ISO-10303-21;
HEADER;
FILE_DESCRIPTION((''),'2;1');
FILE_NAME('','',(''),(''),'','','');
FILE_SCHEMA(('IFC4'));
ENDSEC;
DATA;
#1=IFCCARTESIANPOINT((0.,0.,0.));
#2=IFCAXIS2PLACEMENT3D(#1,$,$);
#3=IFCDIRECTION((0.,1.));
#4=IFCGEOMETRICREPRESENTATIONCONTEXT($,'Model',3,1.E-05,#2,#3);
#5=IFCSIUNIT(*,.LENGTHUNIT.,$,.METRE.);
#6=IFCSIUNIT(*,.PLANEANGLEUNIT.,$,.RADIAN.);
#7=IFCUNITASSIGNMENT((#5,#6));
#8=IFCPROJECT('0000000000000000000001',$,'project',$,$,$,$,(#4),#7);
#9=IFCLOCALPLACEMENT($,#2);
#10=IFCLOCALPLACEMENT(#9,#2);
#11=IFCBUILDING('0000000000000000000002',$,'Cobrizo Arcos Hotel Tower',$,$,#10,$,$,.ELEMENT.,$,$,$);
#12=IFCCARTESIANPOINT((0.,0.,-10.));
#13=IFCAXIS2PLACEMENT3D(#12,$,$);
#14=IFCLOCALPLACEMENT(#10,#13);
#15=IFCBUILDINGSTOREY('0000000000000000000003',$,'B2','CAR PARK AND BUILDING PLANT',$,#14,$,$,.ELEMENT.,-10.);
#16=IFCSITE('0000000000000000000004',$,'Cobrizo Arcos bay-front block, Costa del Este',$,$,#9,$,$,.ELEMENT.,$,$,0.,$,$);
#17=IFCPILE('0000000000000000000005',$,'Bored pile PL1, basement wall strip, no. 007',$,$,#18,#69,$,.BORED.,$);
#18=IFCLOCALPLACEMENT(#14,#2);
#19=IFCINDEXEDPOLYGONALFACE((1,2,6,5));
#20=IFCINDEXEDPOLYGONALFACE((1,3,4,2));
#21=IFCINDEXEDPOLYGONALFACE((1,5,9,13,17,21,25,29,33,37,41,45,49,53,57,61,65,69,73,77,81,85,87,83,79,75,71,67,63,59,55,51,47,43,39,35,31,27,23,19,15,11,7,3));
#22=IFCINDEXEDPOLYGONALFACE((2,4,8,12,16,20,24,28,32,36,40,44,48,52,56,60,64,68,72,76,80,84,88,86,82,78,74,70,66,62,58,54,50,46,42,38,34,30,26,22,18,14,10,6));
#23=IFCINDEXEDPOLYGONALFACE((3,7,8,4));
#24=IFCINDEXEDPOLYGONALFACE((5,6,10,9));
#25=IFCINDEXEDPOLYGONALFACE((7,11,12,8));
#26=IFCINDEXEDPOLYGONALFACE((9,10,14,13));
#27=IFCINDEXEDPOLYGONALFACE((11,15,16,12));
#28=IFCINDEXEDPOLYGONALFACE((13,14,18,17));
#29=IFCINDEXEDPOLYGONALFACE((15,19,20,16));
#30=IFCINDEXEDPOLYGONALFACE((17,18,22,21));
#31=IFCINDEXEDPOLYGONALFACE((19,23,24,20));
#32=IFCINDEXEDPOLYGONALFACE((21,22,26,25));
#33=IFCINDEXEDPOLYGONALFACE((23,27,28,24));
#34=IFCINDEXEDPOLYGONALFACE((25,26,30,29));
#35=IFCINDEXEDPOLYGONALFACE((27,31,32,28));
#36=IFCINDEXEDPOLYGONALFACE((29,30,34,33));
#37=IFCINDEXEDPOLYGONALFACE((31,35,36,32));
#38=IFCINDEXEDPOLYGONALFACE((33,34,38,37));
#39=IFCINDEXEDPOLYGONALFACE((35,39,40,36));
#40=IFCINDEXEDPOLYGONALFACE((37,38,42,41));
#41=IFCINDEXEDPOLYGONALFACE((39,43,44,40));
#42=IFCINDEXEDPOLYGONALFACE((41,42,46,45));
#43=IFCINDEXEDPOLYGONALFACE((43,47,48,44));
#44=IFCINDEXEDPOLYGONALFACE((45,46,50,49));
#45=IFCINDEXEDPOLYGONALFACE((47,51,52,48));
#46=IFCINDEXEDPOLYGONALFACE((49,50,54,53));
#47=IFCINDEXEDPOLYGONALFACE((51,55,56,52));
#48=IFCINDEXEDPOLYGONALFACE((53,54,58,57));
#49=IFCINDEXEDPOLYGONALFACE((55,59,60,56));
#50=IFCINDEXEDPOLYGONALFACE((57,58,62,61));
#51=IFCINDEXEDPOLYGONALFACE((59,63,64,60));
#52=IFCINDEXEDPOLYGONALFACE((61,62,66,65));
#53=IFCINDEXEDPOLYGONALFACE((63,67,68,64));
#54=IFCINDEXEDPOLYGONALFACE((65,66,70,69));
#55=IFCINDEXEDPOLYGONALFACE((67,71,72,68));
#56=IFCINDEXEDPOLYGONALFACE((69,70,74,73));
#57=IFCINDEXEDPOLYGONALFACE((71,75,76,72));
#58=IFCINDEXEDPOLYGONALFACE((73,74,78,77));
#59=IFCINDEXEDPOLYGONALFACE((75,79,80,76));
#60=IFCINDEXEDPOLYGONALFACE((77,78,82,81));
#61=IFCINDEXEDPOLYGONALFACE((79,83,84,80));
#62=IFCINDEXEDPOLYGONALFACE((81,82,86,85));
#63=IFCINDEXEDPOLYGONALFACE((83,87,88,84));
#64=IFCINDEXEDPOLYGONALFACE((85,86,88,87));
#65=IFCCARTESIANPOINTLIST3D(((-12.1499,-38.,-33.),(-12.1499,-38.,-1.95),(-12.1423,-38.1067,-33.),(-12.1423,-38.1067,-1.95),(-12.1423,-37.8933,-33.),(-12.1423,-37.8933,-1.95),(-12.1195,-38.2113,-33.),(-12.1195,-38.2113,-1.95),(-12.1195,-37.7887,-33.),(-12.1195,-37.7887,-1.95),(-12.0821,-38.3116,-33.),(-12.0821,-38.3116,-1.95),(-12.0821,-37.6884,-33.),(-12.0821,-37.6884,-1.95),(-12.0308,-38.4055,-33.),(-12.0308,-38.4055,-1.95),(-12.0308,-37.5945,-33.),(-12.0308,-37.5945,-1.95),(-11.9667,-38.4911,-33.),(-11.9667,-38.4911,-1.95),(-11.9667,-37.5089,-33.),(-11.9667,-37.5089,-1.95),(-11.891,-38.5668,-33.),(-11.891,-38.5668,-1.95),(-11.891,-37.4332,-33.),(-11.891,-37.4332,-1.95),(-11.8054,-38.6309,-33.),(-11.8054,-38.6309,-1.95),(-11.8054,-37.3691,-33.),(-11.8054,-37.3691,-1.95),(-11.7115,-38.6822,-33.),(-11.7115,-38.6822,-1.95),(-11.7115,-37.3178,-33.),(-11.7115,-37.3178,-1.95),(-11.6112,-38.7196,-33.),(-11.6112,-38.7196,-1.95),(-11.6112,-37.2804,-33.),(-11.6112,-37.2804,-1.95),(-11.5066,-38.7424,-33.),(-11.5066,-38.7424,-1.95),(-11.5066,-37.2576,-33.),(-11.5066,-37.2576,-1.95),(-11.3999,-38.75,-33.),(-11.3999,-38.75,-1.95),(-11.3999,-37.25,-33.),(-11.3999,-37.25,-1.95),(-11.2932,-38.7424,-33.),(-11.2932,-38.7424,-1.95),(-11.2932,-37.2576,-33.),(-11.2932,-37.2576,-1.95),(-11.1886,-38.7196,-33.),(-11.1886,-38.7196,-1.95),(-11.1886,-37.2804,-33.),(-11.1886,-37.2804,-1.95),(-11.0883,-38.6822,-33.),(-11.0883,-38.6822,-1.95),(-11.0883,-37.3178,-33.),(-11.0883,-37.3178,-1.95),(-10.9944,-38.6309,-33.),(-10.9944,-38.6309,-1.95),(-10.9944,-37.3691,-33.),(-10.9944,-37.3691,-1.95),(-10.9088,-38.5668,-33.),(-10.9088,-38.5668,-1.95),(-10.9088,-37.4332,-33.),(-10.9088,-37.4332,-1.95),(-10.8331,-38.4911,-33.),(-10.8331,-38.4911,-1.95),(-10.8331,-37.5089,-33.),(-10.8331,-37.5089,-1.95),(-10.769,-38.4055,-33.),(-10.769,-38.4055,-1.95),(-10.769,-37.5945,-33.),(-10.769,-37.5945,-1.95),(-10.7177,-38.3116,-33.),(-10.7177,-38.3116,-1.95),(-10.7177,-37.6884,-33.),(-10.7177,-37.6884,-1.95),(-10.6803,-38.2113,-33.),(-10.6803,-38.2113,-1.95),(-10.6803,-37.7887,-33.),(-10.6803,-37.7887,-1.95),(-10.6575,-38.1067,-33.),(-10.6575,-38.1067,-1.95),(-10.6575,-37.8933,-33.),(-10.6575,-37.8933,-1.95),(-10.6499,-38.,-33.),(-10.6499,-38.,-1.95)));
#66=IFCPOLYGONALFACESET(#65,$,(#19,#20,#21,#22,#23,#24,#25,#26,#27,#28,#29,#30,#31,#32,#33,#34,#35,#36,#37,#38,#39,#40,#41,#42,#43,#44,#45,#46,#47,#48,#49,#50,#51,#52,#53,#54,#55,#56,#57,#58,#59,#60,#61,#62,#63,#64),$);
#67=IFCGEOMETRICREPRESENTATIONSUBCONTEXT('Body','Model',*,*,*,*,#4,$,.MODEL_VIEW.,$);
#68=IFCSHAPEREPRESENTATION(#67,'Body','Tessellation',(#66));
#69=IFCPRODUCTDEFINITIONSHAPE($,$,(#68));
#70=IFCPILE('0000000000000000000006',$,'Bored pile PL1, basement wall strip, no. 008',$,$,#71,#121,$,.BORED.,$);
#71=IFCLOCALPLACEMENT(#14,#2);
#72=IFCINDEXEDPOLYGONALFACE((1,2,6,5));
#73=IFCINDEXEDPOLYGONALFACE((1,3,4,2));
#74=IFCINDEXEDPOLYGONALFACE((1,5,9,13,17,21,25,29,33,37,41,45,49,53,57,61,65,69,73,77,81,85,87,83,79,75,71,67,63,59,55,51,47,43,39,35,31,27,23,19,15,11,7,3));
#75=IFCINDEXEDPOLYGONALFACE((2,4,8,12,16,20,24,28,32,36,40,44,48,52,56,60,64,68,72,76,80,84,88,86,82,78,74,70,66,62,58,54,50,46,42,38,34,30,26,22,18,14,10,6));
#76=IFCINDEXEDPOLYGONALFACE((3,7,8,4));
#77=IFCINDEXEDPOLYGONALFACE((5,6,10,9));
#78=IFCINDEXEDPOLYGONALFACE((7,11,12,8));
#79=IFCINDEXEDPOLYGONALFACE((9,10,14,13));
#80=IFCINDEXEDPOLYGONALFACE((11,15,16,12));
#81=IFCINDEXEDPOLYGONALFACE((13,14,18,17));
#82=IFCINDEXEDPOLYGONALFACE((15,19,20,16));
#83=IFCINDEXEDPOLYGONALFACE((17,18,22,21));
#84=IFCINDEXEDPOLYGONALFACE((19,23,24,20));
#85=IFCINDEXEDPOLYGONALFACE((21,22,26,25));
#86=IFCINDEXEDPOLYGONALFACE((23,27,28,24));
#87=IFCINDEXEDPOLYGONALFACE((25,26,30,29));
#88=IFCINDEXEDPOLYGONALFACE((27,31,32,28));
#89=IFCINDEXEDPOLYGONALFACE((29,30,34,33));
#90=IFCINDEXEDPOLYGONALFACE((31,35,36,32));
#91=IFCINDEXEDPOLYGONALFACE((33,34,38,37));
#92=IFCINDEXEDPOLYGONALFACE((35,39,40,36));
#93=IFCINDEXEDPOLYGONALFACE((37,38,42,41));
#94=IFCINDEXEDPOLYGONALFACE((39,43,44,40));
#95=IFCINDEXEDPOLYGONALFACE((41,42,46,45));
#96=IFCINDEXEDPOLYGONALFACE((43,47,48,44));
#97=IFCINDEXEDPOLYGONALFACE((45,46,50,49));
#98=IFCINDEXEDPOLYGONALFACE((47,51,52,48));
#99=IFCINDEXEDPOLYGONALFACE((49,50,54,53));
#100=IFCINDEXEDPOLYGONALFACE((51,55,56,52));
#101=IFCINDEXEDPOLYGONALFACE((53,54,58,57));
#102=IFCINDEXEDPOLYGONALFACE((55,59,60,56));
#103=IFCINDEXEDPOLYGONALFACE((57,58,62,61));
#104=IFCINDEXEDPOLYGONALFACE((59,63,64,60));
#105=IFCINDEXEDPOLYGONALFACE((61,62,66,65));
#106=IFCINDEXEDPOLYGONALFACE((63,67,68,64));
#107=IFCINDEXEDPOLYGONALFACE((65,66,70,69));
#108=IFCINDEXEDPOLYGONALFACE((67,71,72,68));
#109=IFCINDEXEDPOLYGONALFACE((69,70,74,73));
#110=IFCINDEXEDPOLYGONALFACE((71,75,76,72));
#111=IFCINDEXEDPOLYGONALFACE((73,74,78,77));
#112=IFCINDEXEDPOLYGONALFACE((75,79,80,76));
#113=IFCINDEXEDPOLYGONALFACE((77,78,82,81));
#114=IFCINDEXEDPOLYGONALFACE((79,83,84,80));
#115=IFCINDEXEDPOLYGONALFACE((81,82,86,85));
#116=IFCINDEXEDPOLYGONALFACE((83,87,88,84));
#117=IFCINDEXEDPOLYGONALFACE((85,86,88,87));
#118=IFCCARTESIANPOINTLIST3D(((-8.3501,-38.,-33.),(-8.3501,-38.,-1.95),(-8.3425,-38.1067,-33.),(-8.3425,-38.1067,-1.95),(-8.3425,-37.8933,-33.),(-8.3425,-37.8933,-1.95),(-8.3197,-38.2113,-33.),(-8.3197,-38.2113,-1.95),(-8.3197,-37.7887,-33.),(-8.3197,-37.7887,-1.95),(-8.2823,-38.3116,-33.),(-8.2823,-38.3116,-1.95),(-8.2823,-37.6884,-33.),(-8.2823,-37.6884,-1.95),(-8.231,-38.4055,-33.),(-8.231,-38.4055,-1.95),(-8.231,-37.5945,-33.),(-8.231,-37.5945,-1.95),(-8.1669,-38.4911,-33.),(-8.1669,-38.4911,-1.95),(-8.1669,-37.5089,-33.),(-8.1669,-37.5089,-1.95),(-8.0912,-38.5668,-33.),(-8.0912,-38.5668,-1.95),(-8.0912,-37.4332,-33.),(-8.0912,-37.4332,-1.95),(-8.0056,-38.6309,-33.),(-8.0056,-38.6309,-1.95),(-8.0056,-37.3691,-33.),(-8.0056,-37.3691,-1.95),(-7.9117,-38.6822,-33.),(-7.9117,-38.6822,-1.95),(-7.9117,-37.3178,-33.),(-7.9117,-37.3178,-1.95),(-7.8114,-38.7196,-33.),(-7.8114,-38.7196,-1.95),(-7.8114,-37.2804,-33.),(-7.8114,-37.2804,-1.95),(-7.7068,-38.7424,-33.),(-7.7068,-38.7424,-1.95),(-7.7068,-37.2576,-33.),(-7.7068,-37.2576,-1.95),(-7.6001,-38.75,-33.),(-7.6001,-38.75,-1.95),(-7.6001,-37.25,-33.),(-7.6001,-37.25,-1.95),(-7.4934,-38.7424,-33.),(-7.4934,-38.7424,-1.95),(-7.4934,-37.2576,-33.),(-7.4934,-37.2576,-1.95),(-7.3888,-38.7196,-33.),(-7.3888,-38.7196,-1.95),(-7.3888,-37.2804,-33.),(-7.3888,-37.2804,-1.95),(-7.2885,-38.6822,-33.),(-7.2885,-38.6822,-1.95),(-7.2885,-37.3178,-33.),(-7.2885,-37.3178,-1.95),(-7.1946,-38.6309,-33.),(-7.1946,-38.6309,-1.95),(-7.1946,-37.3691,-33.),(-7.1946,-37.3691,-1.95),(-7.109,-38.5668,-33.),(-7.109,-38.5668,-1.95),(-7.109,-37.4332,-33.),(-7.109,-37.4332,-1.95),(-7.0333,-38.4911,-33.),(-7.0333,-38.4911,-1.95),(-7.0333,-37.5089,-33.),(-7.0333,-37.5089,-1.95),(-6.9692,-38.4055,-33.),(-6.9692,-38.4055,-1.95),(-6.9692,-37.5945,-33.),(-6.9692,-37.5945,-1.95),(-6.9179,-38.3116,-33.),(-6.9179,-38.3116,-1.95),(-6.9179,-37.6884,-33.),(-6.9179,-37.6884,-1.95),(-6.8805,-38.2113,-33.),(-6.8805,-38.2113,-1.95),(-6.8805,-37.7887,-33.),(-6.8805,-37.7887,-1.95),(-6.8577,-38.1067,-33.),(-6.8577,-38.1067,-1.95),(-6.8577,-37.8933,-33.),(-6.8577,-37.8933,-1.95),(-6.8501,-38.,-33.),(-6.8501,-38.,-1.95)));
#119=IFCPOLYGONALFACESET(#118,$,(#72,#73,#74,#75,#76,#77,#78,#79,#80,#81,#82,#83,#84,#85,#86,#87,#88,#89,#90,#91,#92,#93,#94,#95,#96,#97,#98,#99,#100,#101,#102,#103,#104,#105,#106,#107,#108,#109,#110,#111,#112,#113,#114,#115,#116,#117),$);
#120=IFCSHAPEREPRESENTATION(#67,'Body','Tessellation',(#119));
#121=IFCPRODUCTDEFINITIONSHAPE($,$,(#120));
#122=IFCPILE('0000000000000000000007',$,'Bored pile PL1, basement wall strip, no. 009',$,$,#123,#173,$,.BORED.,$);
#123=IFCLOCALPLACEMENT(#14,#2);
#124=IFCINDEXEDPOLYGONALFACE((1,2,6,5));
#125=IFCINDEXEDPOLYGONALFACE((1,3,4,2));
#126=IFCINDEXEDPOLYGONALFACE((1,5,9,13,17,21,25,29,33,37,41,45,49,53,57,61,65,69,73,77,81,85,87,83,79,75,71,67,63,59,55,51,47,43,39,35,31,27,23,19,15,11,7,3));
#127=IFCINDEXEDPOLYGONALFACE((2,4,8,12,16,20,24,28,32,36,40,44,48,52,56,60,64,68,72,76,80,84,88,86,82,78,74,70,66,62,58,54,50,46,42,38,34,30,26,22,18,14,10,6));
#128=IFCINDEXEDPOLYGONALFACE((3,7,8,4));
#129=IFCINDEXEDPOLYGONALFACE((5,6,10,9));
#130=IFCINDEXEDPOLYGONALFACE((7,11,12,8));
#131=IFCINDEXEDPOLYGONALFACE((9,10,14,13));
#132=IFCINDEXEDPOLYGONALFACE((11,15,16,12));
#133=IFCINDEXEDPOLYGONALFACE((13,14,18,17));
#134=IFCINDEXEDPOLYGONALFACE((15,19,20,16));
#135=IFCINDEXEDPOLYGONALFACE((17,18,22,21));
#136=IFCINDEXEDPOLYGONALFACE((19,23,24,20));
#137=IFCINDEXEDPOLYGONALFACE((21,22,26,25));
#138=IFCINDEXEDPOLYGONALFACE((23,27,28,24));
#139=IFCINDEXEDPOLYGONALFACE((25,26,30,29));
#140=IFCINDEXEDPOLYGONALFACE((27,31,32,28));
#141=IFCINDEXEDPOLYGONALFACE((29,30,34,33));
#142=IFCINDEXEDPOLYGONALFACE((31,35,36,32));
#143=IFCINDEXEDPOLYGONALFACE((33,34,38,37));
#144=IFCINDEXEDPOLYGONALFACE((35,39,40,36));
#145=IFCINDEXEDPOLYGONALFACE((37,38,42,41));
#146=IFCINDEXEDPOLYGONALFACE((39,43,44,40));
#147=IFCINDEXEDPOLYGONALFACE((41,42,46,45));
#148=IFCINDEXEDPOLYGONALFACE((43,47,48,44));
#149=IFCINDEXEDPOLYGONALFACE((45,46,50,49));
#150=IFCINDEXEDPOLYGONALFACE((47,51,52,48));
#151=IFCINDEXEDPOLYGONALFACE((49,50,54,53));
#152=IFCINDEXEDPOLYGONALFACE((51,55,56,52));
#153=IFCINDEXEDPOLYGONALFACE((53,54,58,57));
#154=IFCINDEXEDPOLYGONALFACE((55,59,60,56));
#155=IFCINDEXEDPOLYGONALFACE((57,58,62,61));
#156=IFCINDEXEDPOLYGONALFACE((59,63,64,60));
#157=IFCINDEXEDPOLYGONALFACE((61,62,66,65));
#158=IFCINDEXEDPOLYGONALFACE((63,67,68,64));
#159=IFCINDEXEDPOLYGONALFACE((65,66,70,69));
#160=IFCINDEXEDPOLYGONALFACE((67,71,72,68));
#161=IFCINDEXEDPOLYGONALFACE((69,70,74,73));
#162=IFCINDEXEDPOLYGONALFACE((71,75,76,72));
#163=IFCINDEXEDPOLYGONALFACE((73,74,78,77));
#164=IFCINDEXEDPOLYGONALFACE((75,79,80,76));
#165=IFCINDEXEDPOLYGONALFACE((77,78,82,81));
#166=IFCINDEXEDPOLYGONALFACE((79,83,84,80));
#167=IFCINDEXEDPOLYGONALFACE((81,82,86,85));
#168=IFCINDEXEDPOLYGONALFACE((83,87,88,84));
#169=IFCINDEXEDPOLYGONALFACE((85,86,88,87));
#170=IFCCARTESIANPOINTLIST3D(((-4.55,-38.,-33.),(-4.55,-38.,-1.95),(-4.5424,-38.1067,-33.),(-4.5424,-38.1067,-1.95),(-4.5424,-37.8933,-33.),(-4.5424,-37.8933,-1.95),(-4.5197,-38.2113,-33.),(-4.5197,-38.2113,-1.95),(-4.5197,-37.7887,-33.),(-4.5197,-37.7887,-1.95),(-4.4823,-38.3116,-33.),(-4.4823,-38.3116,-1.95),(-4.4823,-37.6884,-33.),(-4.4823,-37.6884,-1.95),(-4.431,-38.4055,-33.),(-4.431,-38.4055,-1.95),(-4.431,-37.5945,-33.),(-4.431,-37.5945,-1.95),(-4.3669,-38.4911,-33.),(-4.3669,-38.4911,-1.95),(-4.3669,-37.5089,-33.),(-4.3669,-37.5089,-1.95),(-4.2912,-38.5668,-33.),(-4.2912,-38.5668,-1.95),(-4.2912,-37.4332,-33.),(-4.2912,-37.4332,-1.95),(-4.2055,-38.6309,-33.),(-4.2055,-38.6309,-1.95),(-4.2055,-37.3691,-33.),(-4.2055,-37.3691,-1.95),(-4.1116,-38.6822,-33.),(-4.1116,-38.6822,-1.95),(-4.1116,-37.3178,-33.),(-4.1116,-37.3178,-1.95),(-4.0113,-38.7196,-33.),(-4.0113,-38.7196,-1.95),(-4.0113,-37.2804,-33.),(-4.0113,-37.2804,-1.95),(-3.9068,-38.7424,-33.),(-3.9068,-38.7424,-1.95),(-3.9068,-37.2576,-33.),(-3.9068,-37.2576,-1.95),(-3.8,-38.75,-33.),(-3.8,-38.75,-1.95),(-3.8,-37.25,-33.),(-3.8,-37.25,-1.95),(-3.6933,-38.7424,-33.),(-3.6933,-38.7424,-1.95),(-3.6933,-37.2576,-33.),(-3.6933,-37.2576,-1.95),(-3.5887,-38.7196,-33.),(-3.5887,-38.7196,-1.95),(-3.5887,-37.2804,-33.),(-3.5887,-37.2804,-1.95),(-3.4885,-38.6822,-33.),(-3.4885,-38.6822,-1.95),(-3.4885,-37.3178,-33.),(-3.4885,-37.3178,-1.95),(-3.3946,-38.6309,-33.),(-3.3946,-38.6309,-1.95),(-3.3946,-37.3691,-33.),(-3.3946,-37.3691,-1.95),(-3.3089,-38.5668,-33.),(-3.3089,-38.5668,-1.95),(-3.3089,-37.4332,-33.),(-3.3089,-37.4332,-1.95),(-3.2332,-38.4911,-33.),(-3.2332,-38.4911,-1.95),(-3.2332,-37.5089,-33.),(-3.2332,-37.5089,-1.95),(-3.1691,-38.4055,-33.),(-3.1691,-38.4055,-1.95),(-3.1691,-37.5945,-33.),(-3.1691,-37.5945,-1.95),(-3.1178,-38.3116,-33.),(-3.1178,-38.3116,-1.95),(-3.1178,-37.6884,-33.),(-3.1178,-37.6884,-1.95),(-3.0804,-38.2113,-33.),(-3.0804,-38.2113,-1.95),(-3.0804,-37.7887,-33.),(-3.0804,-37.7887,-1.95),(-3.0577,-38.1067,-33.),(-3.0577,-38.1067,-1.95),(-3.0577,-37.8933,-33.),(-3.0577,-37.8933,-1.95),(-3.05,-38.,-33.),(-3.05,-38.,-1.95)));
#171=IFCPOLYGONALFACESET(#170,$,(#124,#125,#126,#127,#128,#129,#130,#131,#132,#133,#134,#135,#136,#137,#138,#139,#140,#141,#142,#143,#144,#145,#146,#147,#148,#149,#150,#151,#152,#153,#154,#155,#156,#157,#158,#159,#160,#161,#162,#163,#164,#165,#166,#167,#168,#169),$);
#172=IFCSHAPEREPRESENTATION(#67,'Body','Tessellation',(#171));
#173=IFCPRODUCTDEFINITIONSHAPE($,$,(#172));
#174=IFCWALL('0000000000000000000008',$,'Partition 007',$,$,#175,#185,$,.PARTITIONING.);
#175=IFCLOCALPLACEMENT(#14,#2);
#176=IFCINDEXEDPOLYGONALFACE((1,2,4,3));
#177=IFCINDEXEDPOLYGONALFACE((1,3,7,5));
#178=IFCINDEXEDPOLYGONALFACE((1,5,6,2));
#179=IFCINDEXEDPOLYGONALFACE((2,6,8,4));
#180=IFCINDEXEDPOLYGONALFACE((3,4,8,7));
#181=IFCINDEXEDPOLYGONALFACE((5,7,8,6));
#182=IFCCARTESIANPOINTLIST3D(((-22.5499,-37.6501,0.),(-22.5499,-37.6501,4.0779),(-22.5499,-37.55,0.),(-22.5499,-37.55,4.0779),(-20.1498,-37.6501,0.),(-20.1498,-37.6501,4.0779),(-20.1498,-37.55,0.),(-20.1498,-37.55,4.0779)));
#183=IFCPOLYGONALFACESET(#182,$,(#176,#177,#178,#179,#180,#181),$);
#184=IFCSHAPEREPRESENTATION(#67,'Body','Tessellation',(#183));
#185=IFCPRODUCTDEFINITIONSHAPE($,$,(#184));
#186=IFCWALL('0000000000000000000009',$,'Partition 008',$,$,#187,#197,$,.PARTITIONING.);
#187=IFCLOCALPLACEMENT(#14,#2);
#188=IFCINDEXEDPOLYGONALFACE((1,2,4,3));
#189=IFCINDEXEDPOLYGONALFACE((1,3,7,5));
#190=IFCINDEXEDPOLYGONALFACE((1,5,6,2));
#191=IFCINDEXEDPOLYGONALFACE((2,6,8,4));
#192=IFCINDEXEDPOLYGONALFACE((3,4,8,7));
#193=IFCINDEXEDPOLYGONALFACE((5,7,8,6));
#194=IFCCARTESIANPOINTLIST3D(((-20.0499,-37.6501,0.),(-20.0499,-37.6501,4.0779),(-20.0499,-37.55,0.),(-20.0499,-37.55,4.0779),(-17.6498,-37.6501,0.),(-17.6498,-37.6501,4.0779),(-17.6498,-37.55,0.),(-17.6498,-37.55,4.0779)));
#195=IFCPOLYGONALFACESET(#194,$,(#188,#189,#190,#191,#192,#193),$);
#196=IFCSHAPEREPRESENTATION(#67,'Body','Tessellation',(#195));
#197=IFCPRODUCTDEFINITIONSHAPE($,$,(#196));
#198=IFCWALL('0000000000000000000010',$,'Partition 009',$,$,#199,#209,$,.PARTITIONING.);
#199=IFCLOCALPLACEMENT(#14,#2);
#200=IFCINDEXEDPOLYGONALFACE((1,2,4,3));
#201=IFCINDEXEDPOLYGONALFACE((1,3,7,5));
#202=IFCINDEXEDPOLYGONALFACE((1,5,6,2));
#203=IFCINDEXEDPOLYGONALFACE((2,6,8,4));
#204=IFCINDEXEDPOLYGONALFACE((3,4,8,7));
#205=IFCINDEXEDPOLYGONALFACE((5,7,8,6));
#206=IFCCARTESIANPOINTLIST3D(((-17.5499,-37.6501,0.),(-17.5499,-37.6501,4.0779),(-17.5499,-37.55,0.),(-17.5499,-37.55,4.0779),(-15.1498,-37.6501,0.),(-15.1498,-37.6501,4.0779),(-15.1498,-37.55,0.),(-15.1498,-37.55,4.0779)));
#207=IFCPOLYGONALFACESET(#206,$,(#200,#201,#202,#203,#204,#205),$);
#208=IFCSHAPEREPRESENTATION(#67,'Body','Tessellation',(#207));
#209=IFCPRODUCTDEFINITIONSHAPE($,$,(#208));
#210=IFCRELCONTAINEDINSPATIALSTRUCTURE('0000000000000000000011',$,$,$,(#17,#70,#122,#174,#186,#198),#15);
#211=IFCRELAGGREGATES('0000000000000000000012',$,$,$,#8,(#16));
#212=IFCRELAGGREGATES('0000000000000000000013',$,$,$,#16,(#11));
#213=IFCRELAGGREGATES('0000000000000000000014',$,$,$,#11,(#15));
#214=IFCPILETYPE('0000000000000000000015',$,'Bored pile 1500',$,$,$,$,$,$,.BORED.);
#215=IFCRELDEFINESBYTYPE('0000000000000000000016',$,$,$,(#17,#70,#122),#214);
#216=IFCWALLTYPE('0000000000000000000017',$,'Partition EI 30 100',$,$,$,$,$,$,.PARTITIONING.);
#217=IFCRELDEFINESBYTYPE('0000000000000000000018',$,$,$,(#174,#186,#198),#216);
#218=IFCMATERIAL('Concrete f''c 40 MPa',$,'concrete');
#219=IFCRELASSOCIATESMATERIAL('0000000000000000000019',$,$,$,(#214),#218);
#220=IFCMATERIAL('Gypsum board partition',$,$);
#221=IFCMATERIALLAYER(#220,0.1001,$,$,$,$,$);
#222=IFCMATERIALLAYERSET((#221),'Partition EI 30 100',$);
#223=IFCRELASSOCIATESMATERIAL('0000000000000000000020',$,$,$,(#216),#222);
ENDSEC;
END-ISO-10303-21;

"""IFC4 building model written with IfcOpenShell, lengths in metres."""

from ifc_helpers import new_model, si_unit, direction, frame, frame_2d, origin, origin_2d, place, context, subcontext, project, spatial, rectangle, circle, extrude, material, layer, layer_set, material_profile, profile_set, type_object, element, save


model = new_model("IFC4")

# Units and contexts
model_context = context("Model", 3, precision=1e-05, world=origin(), true_north=direction((0.0, 1.0)))
body_context = subcontext(model_context, "Body", "Model", "MODEL_VIEW")
ifc_project = project(units=[si_unit("LENGTHUNIT", "METRE"), si_unit("PLANEANGLEUNIT", "RADIAN")], contexts=[model_context])

# Site, building, storey
site_placement = place(None, origin())
site = spatial("IfcSite", under=ifc_project, at=site_placement, Name="Cobrizo Arcos bay-front block, Costa del Este", CompositionType="ELEMENT", RefElevation=0.0)
building_placement = place(site_placement, origin())
building = spatial("IfcBuilding", under=site, at=building_placement, Name="Cobrizo Arcos Hotel Tower", CompositionType="ELEMENT")
storey_placement = place(building_placement, frame((0.0, 0.0, -10.0)))
storey = spatial("IfcBuildingStorey", under=building, at=storey_placement, Name="B2", Description="CAR PARK AND BUILDING PLANT", CompositionType="ELEMENT", Elevation=-10.0)

# Piles
ifc_material_1 = material(Name="Concrete f'c 40 MPa", Category="concrete")
ifc_material_profile = material_profile(ifc_material_1, circle(Radius=0.75, at=origin_2d()), Name="BORED PILE 1500")
ifc_profile_set = profile_set([ifc_material_profile], Name="Concrete f'c 40 MPa")
pile_type = type_object("IfcPileType", Name="Bored pile 1500", PredefinedType="BORED", material=ifc_profile_set)
for number, where, z_axis, x_axis, name in (
    (1, (-11.3999, -38.0, -1.95), (0.0, 0.0, -1.0), (1.0, 0.0, 0.0), "Bored pile PL1, basement wall strip, no. 007"),
    (2, (-7.6001, -38.0, -1.95), (0.0, 0.0, -1.0), (1.0, 0.0, 0.0), "Bored pile PL1, basement wall strip, no. 008"),
    (3, (-3.8, -38.0, -1.95), (0.0, 0.0, -1.0), (1.0, 0.0, 0.0), "Bored pile PL1, basement wall strip, no. 009"),
):
    element("IfcPile", number, at=place(storey_placement, frame(where, z_axis=z_axis, x_axis=x_axis)), inside=storey, type_object=pile_type, Name=name, PredefinedType="BORED", context=body_context, shape_type="SweptSolid", body=[
        extrude(circle(Radius=0.75, at=origin_2d()), origin(), (0.0, 0.0, 1.0), 31.05),
    ])

# Walls
ifc_material_2 = material(Name="Gypsum board partition")
ifc_layer = layer(ifc_material_2, 0.1001)
ifc_layer_set = layer_set([ifc_layer], Name="Partition EI 30 100")
wall_type = type_object("IfcWallType", Name="Partition EI 30 100", PredefinedType="PARTITIONING", material=ifc_layer_set)
for number, where, z_axis, x_axis, name in (
    (4, (-22.55, -37.6001, 0.0), (0.0, 0.0, 1.0), (1.0, 0.0, 0.0), "Partition 007"),
    (5, (-20.05, -37.6001, 0.0), (0.0, 0.0, 1.0), (1.0, 0.0, 0.0), "Partition 008"),
    (6, (-17.55, -37.6001, 0.0), (0.0, 0.0, 1.0), (1.0, 0.0, 0.0), "Partition 009"),
):
    element("IfcWall", number, at=place(storey_placement, frame(where, z_axis=z_axis, x_axis=x_axis)), inside=storey, type_object=wall_type, Name=name, PredefinedType="PARTITIONING", context=body_context, shape_type="SweptSolid", body=[
        extrude(rectangle(XDim=2.4001, YDim=0.1001, at=frame_2d((1.2002, 0.0))), origin(), (0.0, 0.0, 1.0), 4.0779),
    ])

save(model, "model.ifc")
